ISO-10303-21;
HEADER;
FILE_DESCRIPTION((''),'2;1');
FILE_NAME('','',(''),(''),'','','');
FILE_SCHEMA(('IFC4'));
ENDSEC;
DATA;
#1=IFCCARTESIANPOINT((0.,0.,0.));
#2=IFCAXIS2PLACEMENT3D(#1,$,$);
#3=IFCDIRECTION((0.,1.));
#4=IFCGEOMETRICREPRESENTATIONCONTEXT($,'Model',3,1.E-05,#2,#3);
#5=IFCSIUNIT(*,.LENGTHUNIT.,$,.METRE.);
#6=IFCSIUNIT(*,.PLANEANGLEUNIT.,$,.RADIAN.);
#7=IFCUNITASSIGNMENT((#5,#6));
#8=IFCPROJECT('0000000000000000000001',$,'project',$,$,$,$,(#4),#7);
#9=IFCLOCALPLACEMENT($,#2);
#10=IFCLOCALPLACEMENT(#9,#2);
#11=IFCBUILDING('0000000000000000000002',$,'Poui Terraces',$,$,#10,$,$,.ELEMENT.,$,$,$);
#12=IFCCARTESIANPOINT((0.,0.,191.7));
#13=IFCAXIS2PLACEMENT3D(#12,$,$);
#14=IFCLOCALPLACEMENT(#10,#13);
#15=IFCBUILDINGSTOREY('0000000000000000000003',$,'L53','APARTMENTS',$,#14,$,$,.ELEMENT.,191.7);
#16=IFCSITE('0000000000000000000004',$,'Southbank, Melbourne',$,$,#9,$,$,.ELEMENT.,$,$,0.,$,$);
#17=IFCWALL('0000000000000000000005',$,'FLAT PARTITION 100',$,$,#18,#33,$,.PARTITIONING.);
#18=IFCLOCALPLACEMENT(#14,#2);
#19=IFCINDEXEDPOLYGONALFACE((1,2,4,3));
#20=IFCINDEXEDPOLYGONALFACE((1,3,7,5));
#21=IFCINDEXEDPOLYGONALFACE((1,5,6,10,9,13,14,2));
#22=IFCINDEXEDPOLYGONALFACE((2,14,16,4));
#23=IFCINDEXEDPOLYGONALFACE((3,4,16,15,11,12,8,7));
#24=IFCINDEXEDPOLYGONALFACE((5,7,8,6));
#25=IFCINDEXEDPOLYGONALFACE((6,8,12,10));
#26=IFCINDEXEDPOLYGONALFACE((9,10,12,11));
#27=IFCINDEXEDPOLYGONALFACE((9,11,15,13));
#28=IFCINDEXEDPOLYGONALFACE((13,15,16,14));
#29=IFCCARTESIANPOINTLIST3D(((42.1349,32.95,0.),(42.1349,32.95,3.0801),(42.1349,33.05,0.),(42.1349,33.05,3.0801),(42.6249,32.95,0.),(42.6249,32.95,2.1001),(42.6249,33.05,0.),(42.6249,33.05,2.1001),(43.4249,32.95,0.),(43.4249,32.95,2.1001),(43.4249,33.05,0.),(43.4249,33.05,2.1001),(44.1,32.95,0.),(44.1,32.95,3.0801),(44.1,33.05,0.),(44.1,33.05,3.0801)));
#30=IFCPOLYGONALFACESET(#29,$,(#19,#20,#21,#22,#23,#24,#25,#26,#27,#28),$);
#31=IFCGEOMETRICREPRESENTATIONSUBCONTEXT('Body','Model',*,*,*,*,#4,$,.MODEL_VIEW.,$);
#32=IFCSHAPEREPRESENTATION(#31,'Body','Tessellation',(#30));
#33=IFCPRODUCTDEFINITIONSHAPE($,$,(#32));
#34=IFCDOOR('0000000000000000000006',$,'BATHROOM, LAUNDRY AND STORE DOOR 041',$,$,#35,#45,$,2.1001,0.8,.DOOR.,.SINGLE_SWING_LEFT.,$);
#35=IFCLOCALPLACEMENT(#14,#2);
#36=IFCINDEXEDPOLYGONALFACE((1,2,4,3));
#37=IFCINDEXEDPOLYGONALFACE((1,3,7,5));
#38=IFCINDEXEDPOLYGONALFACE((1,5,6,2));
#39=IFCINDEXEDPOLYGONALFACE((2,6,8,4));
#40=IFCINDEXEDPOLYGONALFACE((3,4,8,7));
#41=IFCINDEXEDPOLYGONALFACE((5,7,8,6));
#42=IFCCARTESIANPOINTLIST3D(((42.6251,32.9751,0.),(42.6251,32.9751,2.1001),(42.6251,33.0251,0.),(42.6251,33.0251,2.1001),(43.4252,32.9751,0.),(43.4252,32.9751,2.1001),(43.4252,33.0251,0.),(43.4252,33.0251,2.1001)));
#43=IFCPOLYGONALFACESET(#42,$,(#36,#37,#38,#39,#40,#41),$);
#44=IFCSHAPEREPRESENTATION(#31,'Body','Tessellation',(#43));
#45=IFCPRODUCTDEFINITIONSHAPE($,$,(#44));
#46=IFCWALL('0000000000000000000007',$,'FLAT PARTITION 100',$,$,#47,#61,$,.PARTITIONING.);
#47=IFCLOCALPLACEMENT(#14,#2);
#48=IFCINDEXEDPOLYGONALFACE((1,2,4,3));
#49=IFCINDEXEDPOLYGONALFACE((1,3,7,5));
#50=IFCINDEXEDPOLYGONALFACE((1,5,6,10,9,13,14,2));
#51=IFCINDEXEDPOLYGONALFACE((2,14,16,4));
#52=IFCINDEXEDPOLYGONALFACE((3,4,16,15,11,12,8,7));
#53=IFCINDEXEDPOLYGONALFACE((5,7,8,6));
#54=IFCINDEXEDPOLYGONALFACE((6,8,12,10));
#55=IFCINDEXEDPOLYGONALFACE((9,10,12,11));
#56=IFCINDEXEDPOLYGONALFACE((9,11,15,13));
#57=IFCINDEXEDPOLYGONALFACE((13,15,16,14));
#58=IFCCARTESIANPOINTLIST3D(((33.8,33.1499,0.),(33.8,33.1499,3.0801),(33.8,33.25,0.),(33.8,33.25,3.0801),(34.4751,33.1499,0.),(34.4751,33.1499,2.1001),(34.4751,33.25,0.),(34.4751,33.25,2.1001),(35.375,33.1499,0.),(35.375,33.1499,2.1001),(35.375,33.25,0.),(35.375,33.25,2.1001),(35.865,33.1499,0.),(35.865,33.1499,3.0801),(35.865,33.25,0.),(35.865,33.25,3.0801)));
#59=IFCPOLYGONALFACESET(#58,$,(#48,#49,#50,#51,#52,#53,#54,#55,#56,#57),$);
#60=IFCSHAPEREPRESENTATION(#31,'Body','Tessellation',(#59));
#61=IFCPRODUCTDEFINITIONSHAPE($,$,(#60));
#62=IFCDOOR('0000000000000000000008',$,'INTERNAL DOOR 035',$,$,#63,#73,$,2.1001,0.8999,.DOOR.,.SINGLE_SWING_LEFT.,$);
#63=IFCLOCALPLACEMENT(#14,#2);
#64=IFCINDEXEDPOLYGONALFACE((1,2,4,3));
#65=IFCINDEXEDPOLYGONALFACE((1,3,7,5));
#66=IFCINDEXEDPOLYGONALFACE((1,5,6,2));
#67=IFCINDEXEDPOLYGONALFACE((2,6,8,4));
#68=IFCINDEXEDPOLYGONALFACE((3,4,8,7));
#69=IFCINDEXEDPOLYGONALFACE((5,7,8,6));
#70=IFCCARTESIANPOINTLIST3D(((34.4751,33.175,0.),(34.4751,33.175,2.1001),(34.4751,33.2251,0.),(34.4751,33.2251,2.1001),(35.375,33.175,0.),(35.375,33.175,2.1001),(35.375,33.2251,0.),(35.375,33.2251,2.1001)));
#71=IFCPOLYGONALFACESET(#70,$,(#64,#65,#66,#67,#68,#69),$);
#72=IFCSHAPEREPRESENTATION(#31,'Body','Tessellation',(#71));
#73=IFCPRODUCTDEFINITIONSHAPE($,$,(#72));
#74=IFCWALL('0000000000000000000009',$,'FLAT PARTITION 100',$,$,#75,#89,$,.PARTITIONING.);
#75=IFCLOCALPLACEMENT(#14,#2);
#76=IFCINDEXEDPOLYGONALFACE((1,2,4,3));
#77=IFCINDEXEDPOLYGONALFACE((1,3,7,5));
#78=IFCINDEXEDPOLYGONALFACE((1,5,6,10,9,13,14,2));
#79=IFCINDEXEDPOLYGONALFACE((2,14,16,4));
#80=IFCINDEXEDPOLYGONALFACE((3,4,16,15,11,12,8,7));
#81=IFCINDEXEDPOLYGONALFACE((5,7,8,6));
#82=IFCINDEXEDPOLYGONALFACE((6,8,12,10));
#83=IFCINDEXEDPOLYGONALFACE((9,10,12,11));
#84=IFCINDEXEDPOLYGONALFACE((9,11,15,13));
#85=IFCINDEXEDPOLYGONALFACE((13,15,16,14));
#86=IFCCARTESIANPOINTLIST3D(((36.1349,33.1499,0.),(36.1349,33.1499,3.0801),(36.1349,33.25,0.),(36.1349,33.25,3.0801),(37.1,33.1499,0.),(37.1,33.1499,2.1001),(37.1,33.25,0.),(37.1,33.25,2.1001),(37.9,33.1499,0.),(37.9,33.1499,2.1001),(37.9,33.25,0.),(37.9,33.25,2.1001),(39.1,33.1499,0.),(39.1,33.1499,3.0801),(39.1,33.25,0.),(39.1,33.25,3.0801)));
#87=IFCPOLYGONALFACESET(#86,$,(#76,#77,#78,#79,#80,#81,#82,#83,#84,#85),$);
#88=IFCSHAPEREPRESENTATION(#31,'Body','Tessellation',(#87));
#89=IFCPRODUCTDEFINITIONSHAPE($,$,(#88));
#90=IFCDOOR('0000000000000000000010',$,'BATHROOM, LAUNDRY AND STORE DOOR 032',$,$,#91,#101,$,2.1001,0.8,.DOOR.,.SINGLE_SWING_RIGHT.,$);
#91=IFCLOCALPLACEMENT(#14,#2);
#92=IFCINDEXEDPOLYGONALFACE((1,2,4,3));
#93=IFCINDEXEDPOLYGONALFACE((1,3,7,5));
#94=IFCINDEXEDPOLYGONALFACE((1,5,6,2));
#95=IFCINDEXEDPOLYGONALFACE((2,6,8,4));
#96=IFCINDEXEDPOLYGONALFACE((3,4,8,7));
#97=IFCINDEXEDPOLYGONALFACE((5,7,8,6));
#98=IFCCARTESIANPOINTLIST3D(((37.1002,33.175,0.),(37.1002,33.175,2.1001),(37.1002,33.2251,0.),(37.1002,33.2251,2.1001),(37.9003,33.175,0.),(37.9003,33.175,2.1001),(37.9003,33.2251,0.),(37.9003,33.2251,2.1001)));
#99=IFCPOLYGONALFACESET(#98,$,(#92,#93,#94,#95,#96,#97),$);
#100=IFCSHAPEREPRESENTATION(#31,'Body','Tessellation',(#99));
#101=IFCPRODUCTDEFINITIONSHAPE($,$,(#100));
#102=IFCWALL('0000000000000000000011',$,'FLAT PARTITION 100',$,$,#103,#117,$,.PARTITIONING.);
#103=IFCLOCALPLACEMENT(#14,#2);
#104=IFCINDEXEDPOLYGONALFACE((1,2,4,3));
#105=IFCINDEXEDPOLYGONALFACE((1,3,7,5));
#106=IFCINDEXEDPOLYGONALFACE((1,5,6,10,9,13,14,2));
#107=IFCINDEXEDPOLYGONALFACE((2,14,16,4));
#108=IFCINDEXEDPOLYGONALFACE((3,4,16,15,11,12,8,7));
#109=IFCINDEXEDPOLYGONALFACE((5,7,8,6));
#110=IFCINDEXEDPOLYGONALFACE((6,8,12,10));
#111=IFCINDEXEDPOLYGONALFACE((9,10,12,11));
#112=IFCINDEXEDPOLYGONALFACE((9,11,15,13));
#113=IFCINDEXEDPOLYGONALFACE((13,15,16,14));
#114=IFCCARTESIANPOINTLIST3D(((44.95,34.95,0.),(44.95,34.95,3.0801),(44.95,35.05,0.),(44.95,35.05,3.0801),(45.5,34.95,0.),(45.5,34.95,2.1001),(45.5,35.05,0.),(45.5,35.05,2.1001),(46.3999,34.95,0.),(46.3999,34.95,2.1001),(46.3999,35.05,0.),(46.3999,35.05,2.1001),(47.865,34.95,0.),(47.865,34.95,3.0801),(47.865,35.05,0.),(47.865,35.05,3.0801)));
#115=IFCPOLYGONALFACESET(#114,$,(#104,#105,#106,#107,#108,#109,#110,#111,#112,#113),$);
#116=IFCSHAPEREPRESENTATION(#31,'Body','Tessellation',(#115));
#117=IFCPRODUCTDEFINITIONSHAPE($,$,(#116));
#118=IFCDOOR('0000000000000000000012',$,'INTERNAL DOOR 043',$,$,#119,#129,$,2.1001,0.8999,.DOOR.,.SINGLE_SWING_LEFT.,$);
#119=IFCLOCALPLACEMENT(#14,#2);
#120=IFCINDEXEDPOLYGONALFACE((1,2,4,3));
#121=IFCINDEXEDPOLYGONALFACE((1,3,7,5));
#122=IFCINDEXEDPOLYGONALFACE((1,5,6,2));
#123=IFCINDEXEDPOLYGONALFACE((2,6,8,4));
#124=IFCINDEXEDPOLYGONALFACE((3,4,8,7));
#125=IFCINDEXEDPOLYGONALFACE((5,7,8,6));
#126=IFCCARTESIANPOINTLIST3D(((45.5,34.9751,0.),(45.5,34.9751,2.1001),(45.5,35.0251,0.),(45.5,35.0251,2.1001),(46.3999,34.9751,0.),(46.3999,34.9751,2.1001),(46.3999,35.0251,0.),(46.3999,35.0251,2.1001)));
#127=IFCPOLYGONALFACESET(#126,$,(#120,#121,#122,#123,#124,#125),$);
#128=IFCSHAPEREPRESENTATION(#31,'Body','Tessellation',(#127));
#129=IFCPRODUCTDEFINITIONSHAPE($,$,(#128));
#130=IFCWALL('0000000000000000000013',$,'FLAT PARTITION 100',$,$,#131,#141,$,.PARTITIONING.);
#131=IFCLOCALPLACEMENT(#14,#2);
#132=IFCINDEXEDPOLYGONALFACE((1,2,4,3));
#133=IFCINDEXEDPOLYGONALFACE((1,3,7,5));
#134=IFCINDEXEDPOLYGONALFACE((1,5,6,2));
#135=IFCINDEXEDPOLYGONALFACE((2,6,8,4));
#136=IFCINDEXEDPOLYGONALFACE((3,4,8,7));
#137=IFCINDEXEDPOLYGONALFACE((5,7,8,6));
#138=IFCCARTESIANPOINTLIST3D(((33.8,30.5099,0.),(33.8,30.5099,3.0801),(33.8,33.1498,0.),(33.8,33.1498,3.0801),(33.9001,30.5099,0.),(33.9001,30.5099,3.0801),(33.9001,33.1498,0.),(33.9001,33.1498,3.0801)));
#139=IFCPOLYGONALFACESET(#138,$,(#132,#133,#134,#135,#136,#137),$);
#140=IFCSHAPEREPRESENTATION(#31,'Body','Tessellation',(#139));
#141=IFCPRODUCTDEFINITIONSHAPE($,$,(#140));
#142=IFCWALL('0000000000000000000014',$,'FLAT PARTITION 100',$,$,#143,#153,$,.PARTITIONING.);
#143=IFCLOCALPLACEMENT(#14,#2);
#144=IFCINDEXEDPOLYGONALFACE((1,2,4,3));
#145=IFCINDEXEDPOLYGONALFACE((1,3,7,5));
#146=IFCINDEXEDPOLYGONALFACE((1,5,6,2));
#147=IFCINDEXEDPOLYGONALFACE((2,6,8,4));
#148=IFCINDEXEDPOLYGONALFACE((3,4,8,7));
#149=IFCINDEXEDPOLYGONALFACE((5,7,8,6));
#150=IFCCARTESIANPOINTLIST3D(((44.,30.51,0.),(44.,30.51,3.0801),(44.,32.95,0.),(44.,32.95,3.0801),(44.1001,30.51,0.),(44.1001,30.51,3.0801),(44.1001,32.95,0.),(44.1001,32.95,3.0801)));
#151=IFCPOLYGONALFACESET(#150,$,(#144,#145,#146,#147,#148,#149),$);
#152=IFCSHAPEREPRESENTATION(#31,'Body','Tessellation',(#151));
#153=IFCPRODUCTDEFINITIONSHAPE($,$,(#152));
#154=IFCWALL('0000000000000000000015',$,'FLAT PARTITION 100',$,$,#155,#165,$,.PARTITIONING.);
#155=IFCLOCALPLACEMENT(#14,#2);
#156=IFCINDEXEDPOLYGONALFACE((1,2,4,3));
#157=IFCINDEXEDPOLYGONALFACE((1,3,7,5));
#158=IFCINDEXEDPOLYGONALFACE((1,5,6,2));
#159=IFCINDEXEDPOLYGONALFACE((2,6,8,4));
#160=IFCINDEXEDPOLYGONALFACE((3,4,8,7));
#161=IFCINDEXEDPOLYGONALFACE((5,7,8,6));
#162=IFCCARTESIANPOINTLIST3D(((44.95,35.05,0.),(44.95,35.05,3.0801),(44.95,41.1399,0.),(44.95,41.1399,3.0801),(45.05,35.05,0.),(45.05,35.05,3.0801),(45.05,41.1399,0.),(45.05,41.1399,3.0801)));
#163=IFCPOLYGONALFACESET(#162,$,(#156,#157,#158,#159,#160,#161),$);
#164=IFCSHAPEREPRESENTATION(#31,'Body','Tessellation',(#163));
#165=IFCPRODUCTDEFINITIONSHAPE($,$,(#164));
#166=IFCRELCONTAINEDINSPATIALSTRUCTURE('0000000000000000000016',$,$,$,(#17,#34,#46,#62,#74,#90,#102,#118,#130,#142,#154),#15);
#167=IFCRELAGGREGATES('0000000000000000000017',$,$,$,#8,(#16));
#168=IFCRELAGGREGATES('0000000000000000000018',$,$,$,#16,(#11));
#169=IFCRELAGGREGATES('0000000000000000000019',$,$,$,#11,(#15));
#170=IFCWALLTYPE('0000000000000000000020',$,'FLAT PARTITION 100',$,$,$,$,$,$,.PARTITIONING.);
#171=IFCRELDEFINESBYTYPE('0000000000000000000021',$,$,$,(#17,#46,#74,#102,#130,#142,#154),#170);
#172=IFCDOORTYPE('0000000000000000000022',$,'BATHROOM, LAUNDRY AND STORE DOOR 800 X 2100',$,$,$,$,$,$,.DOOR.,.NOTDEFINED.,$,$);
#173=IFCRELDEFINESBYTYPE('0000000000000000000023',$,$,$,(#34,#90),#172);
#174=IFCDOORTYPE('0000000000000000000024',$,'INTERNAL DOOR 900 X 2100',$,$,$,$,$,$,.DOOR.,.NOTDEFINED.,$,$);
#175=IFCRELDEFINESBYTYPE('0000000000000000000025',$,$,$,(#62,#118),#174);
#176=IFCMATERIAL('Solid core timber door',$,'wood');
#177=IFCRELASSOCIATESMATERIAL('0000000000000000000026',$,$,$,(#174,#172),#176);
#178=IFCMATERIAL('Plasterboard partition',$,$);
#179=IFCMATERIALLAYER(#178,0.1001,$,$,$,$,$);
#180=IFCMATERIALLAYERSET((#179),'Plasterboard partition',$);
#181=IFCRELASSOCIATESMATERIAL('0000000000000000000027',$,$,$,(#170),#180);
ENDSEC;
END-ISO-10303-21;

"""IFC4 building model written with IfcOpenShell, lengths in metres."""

from ifc_helpers import new_model, si_unit, direction, frame, frame_2d, origin, place, context, subcontext, project, spatial, rectangle, extrude, material, layer, layer_set, type_object, element, fill, save


model = new_model("IFC4")

# Units and contexts
model_context = context("Model", 3, precision=1e-05, world=origin(), true_north=direction((0.0, 1.0)))
body_context = subcontext(model_context, "Body", "Model", "MODEL_VIEW")
ifc_project = project(units=[si_unit("LENGTHUNIT", "METRE"), si_unit("PLANEANGLEUNIT", "RADIAN")], contexts=[model_context])

# Site, building, storey
site_placement = place(None, origin())
site = spatial("IfcSite", under=ifc_project, at=site_placement, Name="Southbank, Melbourne", CompositionType="ELEMENT", RefElevation=0.0)
building_placement = place(site_placement, origin())
building = spatial("IfcBuilding", under=site, at=building_placement, Name="Poui Terraces", CompositionType="ELEMENT")
storey_placement = place(building_placement, frame((0.0, 0.0, 191.7)))
storey = spatial("IfcBuildingStorey", under=building, at=storey_placement, Name="L53", Description="APARTMENTS", CompositionType="ELEMENT", Elevation=191.7)

# Walls, openings, doors
ifc_material_1 = material(Name="Solid core timber door", Category="wood")
door_type_1 = type_object("IfcDoorType", Name="INTERNAL DOOR 900 X 2100", OperationType="NOTDEFINED", PredefinedType="DOOR", material=ifc_material_1)
ifc_material_2 = material(Name="Plasterboard partition")
ifc_layer_1 = layer(ifc_material_2, 0.1001)
ifc_layer_set_1 = layer_set([ifc_layer_1], Name="Plasterboard partition")
wall_type_1 = type_object("IfcWallType", Name="FLAT PARTITION 100", PredefinedType="PARTITIONING", material=ifc_layer_set_1)
door_type_2 = type_object("IfcDoorType", Name="BATHROOM, LAUNDRY AND STORE DOOR 800 X 2100", OperationType="NOTDEFINED", PredefinedType="DOOR", material=ifc_material_1)
wall_1_placement = place(storey_placement, frame((42.135, 33.0, 0.0), z_axis=(0.0, 0.0, 1.0), x_axis=(1.0, 0.0, 0.0)))
wall_1 = element("IfcWall", 1, at=wall_1_placement, inside=storey, type_object=wall_type_1, Name="FLAT PARTITION 100", PredefinedType="PARTITIONING", context=body_context, shape_type="SweptSolid", body=[
    extrude(rectangle(XDim=1.9651, YDim=0.1001, at=frame_2d((0.9824, 0.0))), origin(), (0.0, 0.0, 1.0), 3.0801),
])
opening_1_placement = place(wall_1_placement, frame((0.49, 0.0, 0.0)))
opening_1 = element("IfcOpeningElement", 2, at=opening_1_placement, cuts=wall_1, PredefinedType="OPENING", context=body_context, shape_type="SweptSolid", body=[
    extrude(rectangle(XDim=0.8, YDim=2.1001, at=frame_2d((0.3999, 1.05))), frame((0.0, 0.0601, 0.0), z_axis=(0.0, -1.0, 0.0), x_axis=(1.0, 0.0, 0.0)), (0.0, 0.0, 1.0), 0.1201),
])
door_1_placement = place(opening_1_placement, frame((0.8, 0.0, 0.0), z_axis=(0.0, 0.0, 1.0), x_axis=(-1.0, 0.0, 0.0)))
door_1 = element("IfcDoor", 3, at=door_1_placement, inside=storey, type_object=door_type_2, Name="BATHROOM, LAUNDRY AND STORE DOOR 041", OperationType="SINGLE_SWING_LEFT", OverallHeight=2.1001, OverallWidth=0.8, PredefinedType="DOOR", context=body_context, shape_type="SweptSolid", body=[
    extrude(rectangle(XDim=0.8, YDim=2.1001, at=frame_2d((0.3999, 1.05))), frame((0.0, 0.0249, 0.0), z_axis=(0.0, -1.0, 0.0), x_axis=(1.0, 0.0, 0.0)), (0.0, 0.0, 1.0), 0.05),
])
fill(opening_1, door_1)
wall_2_placement = place(storey_placement, frame((33.8, 33.2, 0.0), z_axis=(0.0, 0.0, 1.0), x_axis=(1.0, 0.0, 0.0)))
wall_2 = element("IfcWall", 4, at=wall_2_placement, inside=storey, type_object=wall_type_1, Name="FLAT PARTITION 100", PredefinedType="PARTITIONING", context=body_context, shape_type="SweptSolid", body=[
    extrude(rectangle(XDim=2.0649, YDim=0.1001, at=frame_2d((1.0325, 0.0))), origin(), (0.0, 0.0, 1.0), 3.0801),
])
opening_2_placement = place(wall_2_placement, frame((0.675, 0.0, 0.0)))
opening_2 = element("IfcOpeningElement", 5, at=opening_2_placement, cuts=wall_2, PredefinedType="OPENING", context=body_context, shape_type="SweptSolid", body=[
    extrude(rectangle(XDim=0.8999, YDim=2.1001, at=frame_2d((0.45, 1.05))), frame((0.0, 0.0601, 0.0), z_axis=(0.0, -1.0, 0.0), x_axis=(1.0, 0.0, 0.0)), (0.0, 0.0, 1.0), 0.1201),
])
door_2_placement = place(opening_2_placement, frame((0.8999, 0.0, 0.0), z_axis=(0.0, 0.0, 1.0), x_axis=(-1.0, 0.0, 0.0)))
door_2 = element("IfcDoor", 6, at=door_2_placement, inside=storey, type_object=door_type_1, Name="INTERNAL DOOR 035", OperationType="SINGLE_SWING_LEFT", OverallHeight=2.1001, OverallWidth=0.8999, PredefinedType="DOOR", context=body_context, shape_type="SweptSolid", body=[
    extrude(rectangle(XDim=0.8999, YDim=2.1001, at=frame_2d((0.45, 1.05))), frame((0.0, 0.0249, 0.0), z_axis=(0.0, -1.0, 0.0), x_axis=(1.0, 0.0, 0.0)), (0.0, 0.0, 1.0), 0.05),
])
fill(opening_2, door_2)
wall_3_placement = place(storey_placement, frame((36.135, 33.2, 0.0), z_axis=(0.0, 0.0, 1.0), x_axis=(1.0, 0.0, 0.0)))
wall_3 = element("IfcWall", 7, at=wall_3_placement, inside=storey, type_object=wall_type_1, Name="FLAT PARTITION 100", PredefinedType="PARTITIONING", context=body_context, shape_type="SweptSolid", body=[
    extrude(rectangle(XDim=2.9651, YDim=0.1001, at=frame_2d((1.4824, 0.0))), origin(), (0.0, 0.0, 1.0), 3.0801),
])
opening_3_placement = place(wall_3_placement, frame((0.9651, 0.0, 0.0)))
opening_3 = element("IfcOpeningElement", 8, at=opening_3_placement, cuts=wall_3, PredefinedType="OPENING", context=body_context, shape_type="SweptSolid", body=[
    extrude(rectangle(XDim=0.8, YDim=2.1001, at=frame_2d((0.3999, 1.05))), frame((0.0, 0.0601, 0.0), z_axis=(0.0, -1.0, 0.0), x_axis=(1.0, 0.0, 0.0)), (0.0, 0.0, 1.0), 0.1201),
])
door_3_placement = place(opening_3_placement, frame((0.8, 0.0, 0.0), z_axis=(0.0, 0.0, 1.0), x_axis=(-1.0, 0.0, 0.0)))
door_3 = element("IfcDoor", 9, at=door_3_placement, inside=storey, type_object=door_type_2, Name="BATHROOM, LAUNDRY AND STORE DOOR 032", OperationType="SINGLE_SWING_RIGHT", OverallHeight=2.1001, OverallWidth=0.8, PredefinedType="DOOR", context=body_context, shape_type="SweptSolid", body=[
    extrude(rectangle(XDim=0.8, YDim=2.1001, at=frame_2d((0.3999, 1.05))), frame((0.0, 0.0249, 0.0), z_axis=(0.0, -1.0, 0.0), x_axis=(1.0, 0.0, 0.0)), (0.0, 0.0, 1.0), 0.05),
])
fill(opening_3, door_3)
wall_4_placement = place(storey_placement, frame((44.95, 35.0, 0.0), z_axis=(0.0, 0.0, 1.0), x_axis=(1.0, 0.0, 0.0)))
wall_4 = element("IfcWall", 10, at=wall_4_placement, inside=storey, type_object=wall_type_1, Name="FLAT PARTITION 100", PredefinedType="PARTITIONING", context=body_context, shape_type="SweptSolid", body=[
    extrude(rectangle(XDim=2.915, YDim=0.1001, at=frame_2d((1.4575, 0.0))), origin(), (0.0, 0.0, 1.0), 3.0801),
])
opening_4_placement = place(wall_4_placement, frame((0.55, 0.0, 0.0)))
opening_4 = element("IfcOpeningElement", 11, at=opening_4_placement, cuts=wall_4, PredefinedType="OPENING", context=body_context, shape_type="SweptSolid", body=[
    extrude(rectangle(XDim=0.8999, YDim=2.1001, at=frame_2d((0.45, 1.05))), frame((0.0, 0.0601, 0.0), z_axis=(0.0, -1.0, 0.0), x_axis=(1.0, 0.0, 0.0)), (0.0, 0.0, 1.0), 0.1201),
])
door_4_placement = place(opening_4_placement, frame((0.8999, 0.0, 0.0), z_axis=(0.0, 0.0, 1.0), x_axis=(-1.0, 0.0, 0.0)))
door_4 = element("IfcDoor", 12, at=door_4_placement, inside=storey, type_object=door_type_1, Name="INTERNAL DOOR 043", OperationType="SINGLE_SWING_LEFT", OverallHeight=2.1001, OverallWidth=0.8999, PredefinedType="DOOR", context=body_context, shape_type="SweptSolid", body=[
    extrude(rectangle(XDim=0.8999, YDim=2.1001, at=frame_2d((0.45, 1.05))), frame((0.0, 0.0249, 0.0), z_axis=(0.0, -1.0, 0.0), x_axis=(1.0, 0.0, 0.0)), (0.0, 0.0, 1.0), 0.05),
])
fill(opening_4, door_4)

# Walls
wall_5_placement = place(storey_placement, frame((33.8501, 30.51, 0.0), z_axis=(0.0, 0.0, 1.0), x_axis=(0.0, 1.0, 0.0)))
element("IfcWall", 13, at=wall_5_placement, inside=storey, type_object=wall_type_1, Name="FLAT PARTITION 100", PredefinedType="PARTITIONING", context=body_context, shape_type="SweptSolid", body=[
    extrude(rectangle(XDim=2.6399, YDim=0.1001, at=frame_2d((1.3198, 0.0))), origin(), (0.0, 0.0, 1.0), 3.0801),
])
wall_6_placement = place(storey_placement, frame((44.05, 30.51, 0.0), z_axis=(0.0, 0.0, 1.0), x_axis=(0.0, 1.0, 0.0)))
element("IfcWall", 14, at=wall_6_placement, inside=storey, type_object=wall_type_1, Name="FLAT PARTITION 100", PredefinedType="PARTITIONING", context=body_context, shape_type="SweptSolid", body=[
    extrude(rectangle(XDim=2.4399, YDim=0.1001, at=frame_2d((1.22, 0.0))), origin(), (0.0, 0.0, 1.0), 3.0801),
])
wall_7_placement = place(storey_placement, frame((45.0, 35.05, 0.0), z_axis=(0.0, 0.0, 1.0), x_axis=(0.0, 1.0, 0.0)))
element("IfcWall", 15, at=wall_7_placement, inside=storey, type_object=wall_type_1, Name="FLAT PARTITION 100", PredefinedType="PARTITIONING", context=body_context, shape_type="SweptSolid", body=[
    extrude(rectangle(XDim=6.0898, YDim=0.1001, at=frame_2d((3.0449, 0.0))), origin(), (0.0, 0.0, 1.0), 3.0801),
])

save(model, "model.ifc")
